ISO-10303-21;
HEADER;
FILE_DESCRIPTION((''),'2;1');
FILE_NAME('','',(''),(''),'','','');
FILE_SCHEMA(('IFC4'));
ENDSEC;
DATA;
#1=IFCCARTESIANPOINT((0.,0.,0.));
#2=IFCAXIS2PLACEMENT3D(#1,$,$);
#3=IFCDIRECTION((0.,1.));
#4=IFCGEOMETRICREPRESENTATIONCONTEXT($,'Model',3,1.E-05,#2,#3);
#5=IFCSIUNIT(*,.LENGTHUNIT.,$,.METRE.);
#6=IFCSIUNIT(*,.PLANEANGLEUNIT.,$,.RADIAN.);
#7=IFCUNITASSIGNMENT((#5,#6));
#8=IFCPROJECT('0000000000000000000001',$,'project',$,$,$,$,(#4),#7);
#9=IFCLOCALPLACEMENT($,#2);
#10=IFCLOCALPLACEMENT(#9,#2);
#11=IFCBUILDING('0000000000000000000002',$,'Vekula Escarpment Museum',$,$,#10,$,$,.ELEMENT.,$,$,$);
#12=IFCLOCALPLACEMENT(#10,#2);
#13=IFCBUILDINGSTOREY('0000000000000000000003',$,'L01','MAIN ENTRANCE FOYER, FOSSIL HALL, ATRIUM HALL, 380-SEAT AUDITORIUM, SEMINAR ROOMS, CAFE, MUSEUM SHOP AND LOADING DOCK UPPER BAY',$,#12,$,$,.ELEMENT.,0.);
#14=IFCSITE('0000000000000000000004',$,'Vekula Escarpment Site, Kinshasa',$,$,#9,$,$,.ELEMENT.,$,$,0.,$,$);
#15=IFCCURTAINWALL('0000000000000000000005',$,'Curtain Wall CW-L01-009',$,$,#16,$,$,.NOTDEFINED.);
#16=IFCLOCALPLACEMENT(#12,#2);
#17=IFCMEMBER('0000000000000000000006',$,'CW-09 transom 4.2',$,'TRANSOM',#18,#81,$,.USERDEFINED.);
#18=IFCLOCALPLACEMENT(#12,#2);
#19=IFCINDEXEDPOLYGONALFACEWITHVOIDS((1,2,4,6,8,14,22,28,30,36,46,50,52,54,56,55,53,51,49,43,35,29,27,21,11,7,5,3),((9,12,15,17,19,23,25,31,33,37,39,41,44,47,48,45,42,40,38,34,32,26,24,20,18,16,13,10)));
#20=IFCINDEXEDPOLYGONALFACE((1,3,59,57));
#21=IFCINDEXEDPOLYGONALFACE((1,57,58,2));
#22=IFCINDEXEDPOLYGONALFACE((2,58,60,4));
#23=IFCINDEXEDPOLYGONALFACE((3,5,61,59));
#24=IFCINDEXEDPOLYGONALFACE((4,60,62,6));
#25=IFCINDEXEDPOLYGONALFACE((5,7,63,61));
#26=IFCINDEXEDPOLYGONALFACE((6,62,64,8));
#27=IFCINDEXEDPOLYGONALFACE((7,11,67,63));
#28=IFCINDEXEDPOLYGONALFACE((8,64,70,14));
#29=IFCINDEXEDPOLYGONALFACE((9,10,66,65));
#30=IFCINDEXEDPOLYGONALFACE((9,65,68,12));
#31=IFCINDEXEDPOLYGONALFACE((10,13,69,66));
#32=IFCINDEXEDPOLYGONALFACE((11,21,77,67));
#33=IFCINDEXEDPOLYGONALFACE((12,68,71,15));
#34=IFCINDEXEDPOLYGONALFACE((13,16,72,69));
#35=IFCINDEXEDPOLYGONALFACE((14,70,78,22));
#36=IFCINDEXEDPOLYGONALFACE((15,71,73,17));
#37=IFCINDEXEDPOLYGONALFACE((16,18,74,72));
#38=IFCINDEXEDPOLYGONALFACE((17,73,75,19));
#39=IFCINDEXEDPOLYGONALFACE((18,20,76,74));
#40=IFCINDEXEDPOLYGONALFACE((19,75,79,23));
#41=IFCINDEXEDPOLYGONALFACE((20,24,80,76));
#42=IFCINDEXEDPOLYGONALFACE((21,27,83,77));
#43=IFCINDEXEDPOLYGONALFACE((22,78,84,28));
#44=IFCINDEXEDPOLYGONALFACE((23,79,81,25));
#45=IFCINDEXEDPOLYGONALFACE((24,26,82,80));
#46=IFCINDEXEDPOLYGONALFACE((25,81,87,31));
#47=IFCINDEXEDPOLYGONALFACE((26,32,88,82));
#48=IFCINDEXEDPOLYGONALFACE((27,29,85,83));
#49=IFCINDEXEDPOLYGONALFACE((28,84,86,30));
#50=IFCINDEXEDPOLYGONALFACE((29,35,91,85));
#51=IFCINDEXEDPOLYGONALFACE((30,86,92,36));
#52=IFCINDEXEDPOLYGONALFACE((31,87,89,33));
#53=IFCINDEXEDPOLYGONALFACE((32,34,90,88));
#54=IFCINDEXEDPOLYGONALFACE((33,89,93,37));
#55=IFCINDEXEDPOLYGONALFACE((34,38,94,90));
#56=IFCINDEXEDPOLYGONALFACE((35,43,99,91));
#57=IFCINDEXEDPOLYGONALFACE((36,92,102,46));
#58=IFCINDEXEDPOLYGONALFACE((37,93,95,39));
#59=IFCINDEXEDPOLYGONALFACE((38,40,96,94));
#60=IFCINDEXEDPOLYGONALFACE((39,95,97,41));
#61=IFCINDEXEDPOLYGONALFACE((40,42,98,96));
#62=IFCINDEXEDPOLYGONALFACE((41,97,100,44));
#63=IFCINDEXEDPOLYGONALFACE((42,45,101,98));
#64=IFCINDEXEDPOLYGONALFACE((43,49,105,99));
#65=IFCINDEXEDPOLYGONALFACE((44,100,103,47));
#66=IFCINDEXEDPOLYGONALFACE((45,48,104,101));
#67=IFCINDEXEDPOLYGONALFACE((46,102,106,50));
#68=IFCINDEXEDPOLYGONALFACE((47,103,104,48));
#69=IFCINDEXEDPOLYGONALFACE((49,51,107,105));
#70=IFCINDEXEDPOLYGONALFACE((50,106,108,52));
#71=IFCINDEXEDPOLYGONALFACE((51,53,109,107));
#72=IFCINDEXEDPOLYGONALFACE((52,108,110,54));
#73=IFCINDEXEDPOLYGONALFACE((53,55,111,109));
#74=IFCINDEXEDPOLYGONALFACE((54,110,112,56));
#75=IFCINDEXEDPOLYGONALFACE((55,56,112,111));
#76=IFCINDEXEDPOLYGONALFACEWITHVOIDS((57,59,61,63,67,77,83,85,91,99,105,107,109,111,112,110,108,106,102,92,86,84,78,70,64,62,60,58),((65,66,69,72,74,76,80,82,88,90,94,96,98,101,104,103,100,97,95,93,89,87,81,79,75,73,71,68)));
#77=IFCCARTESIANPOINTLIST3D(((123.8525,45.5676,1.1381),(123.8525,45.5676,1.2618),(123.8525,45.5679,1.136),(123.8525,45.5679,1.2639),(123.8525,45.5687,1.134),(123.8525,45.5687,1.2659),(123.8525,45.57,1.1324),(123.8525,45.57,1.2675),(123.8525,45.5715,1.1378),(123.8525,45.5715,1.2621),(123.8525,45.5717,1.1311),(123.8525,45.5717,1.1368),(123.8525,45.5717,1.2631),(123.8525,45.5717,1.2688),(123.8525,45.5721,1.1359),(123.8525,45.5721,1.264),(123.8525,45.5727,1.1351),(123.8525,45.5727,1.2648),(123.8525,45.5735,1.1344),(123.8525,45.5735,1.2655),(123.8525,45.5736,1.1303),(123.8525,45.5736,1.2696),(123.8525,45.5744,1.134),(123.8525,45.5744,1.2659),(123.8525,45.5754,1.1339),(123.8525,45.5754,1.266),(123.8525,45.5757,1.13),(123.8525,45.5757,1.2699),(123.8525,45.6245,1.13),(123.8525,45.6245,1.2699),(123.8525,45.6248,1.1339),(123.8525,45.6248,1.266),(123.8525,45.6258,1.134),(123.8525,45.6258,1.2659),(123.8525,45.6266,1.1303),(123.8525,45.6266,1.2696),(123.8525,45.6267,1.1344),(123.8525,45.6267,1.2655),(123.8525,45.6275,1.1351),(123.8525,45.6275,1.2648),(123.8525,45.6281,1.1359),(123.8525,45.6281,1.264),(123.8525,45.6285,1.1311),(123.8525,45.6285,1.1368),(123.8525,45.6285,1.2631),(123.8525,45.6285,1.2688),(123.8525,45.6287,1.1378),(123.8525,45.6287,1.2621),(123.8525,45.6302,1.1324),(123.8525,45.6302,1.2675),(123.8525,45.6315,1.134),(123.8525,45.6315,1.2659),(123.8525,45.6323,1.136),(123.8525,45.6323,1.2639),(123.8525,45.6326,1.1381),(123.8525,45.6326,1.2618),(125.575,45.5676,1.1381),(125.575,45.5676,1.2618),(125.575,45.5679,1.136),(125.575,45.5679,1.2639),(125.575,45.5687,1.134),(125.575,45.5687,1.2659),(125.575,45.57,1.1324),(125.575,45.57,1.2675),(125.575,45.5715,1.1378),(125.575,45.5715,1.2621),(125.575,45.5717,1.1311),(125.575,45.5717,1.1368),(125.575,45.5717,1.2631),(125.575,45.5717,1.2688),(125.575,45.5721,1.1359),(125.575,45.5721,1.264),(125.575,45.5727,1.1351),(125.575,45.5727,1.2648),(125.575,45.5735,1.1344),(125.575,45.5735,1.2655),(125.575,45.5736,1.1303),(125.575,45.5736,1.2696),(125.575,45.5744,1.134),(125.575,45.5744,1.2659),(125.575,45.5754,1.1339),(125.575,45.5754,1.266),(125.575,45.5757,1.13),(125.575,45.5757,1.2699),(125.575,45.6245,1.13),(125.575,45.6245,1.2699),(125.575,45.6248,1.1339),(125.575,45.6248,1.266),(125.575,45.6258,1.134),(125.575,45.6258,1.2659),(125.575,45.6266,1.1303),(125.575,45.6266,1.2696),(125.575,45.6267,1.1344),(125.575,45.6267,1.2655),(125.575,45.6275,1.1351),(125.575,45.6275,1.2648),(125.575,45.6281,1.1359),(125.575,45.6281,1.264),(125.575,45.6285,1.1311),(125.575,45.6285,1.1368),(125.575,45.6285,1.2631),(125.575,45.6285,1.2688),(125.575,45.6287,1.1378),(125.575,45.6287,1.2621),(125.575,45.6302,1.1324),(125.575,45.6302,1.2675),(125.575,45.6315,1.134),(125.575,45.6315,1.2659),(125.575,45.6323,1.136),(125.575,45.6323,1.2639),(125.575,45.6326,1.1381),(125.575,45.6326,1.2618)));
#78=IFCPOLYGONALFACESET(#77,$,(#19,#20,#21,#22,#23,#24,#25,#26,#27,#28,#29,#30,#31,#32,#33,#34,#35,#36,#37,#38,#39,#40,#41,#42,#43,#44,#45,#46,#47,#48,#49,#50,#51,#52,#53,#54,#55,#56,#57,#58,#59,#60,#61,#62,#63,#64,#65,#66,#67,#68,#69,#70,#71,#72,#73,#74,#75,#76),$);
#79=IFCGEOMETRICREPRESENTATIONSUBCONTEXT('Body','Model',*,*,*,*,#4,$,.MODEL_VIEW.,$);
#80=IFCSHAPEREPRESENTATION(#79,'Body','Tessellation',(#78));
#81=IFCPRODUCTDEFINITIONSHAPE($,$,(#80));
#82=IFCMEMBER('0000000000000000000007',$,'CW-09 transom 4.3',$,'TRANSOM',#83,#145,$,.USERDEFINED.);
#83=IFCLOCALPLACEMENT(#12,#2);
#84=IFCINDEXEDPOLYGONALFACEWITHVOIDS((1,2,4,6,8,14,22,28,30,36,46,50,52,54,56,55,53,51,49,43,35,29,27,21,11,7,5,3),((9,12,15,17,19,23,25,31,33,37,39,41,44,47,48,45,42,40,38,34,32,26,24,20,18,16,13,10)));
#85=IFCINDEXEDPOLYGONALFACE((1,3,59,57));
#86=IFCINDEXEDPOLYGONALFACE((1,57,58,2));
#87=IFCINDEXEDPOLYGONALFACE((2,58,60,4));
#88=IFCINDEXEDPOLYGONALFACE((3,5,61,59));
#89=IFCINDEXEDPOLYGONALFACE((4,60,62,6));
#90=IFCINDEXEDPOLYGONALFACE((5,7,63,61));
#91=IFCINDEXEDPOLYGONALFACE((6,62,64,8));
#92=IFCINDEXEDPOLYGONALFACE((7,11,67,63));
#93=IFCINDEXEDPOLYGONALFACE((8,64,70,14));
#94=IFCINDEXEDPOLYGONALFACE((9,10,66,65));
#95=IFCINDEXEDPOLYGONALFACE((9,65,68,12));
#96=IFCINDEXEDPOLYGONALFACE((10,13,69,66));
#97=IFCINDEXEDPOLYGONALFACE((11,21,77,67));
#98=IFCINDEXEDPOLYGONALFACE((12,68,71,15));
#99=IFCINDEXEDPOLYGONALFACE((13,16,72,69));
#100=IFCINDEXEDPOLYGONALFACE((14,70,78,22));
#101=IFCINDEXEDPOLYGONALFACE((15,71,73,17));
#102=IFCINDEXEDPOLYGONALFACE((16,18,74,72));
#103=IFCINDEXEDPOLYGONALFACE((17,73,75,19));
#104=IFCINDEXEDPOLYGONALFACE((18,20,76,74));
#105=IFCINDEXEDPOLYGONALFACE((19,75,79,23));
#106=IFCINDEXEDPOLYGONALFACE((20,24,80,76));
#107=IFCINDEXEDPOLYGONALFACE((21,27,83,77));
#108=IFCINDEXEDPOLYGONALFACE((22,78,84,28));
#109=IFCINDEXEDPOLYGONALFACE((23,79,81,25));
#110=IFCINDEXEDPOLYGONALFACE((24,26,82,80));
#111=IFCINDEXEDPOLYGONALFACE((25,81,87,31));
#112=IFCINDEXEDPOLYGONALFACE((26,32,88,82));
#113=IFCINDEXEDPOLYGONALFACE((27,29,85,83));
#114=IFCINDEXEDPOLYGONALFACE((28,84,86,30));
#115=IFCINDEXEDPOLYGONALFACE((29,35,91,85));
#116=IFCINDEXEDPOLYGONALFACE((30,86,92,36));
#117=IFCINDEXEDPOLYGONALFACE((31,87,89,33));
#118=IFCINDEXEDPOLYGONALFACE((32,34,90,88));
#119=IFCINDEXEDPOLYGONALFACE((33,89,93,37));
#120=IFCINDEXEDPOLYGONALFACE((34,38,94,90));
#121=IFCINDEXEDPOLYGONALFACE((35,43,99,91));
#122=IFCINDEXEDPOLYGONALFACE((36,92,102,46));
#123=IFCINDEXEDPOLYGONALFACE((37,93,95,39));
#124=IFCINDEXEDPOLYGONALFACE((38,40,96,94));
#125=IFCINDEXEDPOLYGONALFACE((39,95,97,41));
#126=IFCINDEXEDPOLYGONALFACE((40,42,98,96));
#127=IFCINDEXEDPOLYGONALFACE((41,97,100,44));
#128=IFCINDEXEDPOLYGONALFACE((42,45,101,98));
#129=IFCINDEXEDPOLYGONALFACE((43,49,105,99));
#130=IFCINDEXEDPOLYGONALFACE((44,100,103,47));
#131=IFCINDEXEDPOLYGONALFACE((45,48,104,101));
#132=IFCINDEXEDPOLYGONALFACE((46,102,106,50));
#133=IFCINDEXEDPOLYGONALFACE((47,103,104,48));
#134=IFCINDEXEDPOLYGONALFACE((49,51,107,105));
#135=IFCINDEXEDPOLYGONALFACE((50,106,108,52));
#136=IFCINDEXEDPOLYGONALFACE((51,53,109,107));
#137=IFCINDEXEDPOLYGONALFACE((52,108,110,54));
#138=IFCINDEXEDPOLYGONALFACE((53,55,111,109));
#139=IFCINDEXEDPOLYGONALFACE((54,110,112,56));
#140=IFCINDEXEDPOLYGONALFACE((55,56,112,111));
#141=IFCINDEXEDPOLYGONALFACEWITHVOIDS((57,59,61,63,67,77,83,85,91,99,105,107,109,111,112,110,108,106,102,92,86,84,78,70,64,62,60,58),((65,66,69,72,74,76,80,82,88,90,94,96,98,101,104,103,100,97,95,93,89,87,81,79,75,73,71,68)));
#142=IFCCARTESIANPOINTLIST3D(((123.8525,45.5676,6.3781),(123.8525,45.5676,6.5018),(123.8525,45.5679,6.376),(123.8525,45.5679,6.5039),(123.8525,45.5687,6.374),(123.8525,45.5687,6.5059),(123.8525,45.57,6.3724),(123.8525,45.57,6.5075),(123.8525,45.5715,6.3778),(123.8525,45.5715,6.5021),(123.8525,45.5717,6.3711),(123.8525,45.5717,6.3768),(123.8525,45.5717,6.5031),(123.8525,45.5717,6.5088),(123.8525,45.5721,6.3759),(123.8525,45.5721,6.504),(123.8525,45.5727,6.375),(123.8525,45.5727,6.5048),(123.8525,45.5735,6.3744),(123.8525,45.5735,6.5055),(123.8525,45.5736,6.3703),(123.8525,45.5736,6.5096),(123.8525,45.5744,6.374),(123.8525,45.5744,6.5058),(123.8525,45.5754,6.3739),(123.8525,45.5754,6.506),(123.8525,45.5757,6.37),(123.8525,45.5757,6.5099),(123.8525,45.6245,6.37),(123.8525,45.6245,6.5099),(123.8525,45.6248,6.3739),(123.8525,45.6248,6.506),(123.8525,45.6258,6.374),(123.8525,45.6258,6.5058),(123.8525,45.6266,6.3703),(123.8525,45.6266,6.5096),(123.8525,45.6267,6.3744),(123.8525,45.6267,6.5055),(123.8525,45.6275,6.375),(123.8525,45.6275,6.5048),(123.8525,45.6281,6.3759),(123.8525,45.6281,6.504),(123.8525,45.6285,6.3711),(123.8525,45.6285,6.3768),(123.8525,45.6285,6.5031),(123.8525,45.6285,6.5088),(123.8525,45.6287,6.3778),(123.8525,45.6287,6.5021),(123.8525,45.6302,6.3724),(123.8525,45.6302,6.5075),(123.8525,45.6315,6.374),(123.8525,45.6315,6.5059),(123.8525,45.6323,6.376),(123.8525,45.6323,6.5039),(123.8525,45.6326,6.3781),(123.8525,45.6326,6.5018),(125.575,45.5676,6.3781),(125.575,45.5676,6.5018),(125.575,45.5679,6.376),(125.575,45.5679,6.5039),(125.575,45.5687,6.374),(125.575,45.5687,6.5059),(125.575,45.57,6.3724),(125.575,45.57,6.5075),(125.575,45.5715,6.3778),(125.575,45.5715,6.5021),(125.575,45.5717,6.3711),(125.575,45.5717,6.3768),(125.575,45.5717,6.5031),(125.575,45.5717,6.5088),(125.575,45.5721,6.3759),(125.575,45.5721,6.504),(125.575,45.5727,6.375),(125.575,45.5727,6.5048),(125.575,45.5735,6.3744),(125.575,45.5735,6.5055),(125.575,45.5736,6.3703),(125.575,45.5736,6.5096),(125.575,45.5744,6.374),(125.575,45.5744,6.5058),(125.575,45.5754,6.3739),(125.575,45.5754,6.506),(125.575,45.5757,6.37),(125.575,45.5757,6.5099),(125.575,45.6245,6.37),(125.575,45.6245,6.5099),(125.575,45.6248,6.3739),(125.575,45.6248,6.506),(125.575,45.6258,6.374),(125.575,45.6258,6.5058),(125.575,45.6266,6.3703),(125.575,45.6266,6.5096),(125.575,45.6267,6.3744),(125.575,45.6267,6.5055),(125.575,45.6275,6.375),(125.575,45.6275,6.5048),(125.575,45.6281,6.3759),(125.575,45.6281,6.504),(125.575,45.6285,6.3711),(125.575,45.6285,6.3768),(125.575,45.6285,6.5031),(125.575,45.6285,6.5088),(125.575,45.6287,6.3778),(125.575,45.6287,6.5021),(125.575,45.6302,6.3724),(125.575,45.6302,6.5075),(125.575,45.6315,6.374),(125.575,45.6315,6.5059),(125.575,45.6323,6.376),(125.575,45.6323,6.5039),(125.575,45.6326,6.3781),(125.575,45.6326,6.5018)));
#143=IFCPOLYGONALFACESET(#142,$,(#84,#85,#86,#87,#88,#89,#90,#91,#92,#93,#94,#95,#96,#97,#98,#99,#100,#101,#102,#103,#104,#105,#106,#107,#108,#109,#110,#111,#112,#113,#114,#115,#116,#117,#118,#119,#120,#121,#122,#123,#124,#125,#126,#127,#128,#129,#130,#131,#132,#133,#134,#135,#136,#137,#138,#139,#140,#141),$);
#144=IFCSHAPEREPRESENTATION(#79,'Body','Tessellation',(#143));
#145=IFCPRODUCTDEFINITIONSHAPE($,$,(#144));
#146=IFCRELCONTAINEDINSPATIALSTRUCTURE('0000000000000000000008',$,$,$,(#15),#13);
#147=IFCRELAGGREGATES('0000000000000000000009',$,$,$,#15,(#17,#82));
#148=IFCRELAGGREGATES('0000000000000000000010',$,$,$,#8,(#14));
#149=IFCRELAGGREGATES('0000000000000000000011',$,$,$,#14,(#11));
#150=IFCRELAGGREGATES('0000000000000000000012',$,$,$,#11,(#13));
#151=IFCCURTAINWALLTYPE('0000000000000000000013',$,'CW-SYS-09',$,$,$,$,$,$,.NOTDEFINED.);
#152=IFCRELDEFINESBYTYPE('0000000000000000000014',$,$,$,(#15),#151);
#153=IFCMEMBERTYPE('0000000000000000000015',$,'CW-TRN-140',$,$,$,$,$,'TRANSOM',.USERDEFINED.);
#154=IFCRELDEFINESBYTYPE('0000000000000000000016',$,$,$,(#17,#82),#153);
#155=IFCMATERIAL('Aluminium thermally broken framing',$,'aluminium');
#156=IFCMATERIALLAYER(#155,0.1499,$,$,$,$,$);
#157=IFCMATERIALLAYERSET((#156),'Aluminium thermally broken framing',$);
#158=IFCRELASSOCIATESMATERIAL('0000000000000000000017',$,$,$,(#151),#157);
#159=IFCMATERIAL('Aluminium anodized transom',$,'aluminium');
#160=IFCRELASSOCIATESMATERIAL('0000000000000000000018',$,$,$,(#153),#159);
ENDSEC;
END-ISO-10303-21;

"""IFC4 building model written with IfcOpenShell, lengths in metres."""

from ifc_helpers import new_model, si_unit, direction, frame, origin, origin_2d, place, context, subcontext, project, spatial, hollow_rectangle, extrude, material, layer, layer_set, material_profile, profile_set, type_object, element, aggregate, save


model = new_model("IFC4")

# Units and contexts
model_context = context("Model", 3, precision=1e-05, world=origin(), true_north=direction((0.0, 1.0)))
body_context = subcontext(model_context, "Body", "Model", "MODEL_VIEW")
ifc_project = project(units=[si_unit("LENGTHUNIT", "METRE"), si_unit("PLANEANGLEUNIT", "RADIAN")], contexts=[model_context])

# Site, building, storey
site_placement = place(None, origin())
site = spatial("IfcSite", under=ifc_project, at=site_placement, Name="Vekula Escarpment Site, Kinshasa", CompositionType="ELEMENT", RefElevation=0.0)
building_placement = place(site_placement, origin())
building = spatial("IfcBuilding", under=site, at=building_placement, Name="Vekula Escarpment Museum", CompositionType="ELEMENT")
storey_placement = place(building_placement, origin())
storey = spatial("IfcBuildingStorey", under=building, at=storey_placement, Name="L01", Description="MAIN ENTRANCE FOYER, FOSSIL HALL, ATRIUM HALL, 380-SEAT AUDITORIUM, SEMINAR ROOMS, CAFE, MUSEUM SHOP AND LOADING DOCK UPPER BAY", CompositionType="ELEMENT", Elevation=0.0)

# Curtain wall
ifc_material_1 = material(Name="Aluminium thermally broken framing", Category="aluminium")
ifc_layer_1 = layer(ifc_material_1, 0.1499)
ifc_layer_set_1 = layer_set([ifc_layer_1], Name="Aluminium thermally broken framing")
curtain_wall_type_1 = type_object("IfcCurtainWallType", Name="CW-SYS-09", PredefinedType="NOTDEFINED", material=ifc_layer_set_1)
curtain_wall_1_placement = place(storey_placement, origin())
curtain_wall_1 = element("IfcCurtainWall", 1, at=curtain_wall_1_placement, inside=storey, type_object=curtain_wall_type_1, Name="Curtain Wall CW-L01-009", PredefinedType="NOTDEFINED")

# Members
ifc_material_2 = material(Name="Aluminium anodized transom", Category="aluminium")
ifc_material_profile_1 = material_profile(ifc_material_2, hollow_rectangle(XDim=0.0649, YDim=0.1399, WallThickness=0.0039, InnerFilletRadius=0.0039, OuterFilletRadius=0.0081, at=origin_2d()), Name="ALU 140x65x4")
ifc_profile_set_1 = profile_set([ifc_material_profile_1], Name="Aluminium anodized transom")
member_type_1 = type_object("IfcMemberType", Name="CW-TRN-140", ElementType="TRANSOM", PredefinedType="USERDEFINED", material=ifc_profile_set_1)
member_1_placement = place(storey_placement, frame((123.8525, 45.6001, 1.2), z_axis=(1.0, 0.0, 0.0), x_axis=(0.0, 1.0, 0.0)))
member_1 = element("IfcMember", 2, at=member_1_placement, type_object=member_type_1, Name="CW-09 transom 4.2", ObjectType="TRANSOM", PredefinedType="USERDEFINED", context=body_context, shape_type="SweptSolid", body=[
    extrude(hollow_rectangle(XDim=0.0649, YDim=0.1399, WallThickness=0.0039, InnerFilletRadius=0.0039, OuterFilletRadius=0.0081, at=origin_2d()), origin(), (0.0, 0.0, 1.0), 1.7224),
])
member_2_placement = place(storey_placement, frame((123.8525, 45.6001, 6.4399), z_axis=(1.0, 0.0, 0.0), x_axis=(0.0, 1.0, 0.0)))
member_2 = element("IfcMember", 3, at=member_2_placement, type_object=member_type_1, Name="CW-09 transom 4.3", ObjectType="TRANSOM", PredefinedType="USERDEFINED", context=body_context, shape_type="SweptSolid", body=[
    extrude(hollow_rectangle(XDim=0.0649, YDim=0.1399, WallThickness=0.0039, InnerFilletRadius=0.0039, OuterFilletRadius=0.0081, at=origin_2d()), origin(), (0.0, 0.0, 1.0), 1.7224),
])

aggregate(curtain_wall_1, [member_1, member_2])

save(model, "model.ifc")
